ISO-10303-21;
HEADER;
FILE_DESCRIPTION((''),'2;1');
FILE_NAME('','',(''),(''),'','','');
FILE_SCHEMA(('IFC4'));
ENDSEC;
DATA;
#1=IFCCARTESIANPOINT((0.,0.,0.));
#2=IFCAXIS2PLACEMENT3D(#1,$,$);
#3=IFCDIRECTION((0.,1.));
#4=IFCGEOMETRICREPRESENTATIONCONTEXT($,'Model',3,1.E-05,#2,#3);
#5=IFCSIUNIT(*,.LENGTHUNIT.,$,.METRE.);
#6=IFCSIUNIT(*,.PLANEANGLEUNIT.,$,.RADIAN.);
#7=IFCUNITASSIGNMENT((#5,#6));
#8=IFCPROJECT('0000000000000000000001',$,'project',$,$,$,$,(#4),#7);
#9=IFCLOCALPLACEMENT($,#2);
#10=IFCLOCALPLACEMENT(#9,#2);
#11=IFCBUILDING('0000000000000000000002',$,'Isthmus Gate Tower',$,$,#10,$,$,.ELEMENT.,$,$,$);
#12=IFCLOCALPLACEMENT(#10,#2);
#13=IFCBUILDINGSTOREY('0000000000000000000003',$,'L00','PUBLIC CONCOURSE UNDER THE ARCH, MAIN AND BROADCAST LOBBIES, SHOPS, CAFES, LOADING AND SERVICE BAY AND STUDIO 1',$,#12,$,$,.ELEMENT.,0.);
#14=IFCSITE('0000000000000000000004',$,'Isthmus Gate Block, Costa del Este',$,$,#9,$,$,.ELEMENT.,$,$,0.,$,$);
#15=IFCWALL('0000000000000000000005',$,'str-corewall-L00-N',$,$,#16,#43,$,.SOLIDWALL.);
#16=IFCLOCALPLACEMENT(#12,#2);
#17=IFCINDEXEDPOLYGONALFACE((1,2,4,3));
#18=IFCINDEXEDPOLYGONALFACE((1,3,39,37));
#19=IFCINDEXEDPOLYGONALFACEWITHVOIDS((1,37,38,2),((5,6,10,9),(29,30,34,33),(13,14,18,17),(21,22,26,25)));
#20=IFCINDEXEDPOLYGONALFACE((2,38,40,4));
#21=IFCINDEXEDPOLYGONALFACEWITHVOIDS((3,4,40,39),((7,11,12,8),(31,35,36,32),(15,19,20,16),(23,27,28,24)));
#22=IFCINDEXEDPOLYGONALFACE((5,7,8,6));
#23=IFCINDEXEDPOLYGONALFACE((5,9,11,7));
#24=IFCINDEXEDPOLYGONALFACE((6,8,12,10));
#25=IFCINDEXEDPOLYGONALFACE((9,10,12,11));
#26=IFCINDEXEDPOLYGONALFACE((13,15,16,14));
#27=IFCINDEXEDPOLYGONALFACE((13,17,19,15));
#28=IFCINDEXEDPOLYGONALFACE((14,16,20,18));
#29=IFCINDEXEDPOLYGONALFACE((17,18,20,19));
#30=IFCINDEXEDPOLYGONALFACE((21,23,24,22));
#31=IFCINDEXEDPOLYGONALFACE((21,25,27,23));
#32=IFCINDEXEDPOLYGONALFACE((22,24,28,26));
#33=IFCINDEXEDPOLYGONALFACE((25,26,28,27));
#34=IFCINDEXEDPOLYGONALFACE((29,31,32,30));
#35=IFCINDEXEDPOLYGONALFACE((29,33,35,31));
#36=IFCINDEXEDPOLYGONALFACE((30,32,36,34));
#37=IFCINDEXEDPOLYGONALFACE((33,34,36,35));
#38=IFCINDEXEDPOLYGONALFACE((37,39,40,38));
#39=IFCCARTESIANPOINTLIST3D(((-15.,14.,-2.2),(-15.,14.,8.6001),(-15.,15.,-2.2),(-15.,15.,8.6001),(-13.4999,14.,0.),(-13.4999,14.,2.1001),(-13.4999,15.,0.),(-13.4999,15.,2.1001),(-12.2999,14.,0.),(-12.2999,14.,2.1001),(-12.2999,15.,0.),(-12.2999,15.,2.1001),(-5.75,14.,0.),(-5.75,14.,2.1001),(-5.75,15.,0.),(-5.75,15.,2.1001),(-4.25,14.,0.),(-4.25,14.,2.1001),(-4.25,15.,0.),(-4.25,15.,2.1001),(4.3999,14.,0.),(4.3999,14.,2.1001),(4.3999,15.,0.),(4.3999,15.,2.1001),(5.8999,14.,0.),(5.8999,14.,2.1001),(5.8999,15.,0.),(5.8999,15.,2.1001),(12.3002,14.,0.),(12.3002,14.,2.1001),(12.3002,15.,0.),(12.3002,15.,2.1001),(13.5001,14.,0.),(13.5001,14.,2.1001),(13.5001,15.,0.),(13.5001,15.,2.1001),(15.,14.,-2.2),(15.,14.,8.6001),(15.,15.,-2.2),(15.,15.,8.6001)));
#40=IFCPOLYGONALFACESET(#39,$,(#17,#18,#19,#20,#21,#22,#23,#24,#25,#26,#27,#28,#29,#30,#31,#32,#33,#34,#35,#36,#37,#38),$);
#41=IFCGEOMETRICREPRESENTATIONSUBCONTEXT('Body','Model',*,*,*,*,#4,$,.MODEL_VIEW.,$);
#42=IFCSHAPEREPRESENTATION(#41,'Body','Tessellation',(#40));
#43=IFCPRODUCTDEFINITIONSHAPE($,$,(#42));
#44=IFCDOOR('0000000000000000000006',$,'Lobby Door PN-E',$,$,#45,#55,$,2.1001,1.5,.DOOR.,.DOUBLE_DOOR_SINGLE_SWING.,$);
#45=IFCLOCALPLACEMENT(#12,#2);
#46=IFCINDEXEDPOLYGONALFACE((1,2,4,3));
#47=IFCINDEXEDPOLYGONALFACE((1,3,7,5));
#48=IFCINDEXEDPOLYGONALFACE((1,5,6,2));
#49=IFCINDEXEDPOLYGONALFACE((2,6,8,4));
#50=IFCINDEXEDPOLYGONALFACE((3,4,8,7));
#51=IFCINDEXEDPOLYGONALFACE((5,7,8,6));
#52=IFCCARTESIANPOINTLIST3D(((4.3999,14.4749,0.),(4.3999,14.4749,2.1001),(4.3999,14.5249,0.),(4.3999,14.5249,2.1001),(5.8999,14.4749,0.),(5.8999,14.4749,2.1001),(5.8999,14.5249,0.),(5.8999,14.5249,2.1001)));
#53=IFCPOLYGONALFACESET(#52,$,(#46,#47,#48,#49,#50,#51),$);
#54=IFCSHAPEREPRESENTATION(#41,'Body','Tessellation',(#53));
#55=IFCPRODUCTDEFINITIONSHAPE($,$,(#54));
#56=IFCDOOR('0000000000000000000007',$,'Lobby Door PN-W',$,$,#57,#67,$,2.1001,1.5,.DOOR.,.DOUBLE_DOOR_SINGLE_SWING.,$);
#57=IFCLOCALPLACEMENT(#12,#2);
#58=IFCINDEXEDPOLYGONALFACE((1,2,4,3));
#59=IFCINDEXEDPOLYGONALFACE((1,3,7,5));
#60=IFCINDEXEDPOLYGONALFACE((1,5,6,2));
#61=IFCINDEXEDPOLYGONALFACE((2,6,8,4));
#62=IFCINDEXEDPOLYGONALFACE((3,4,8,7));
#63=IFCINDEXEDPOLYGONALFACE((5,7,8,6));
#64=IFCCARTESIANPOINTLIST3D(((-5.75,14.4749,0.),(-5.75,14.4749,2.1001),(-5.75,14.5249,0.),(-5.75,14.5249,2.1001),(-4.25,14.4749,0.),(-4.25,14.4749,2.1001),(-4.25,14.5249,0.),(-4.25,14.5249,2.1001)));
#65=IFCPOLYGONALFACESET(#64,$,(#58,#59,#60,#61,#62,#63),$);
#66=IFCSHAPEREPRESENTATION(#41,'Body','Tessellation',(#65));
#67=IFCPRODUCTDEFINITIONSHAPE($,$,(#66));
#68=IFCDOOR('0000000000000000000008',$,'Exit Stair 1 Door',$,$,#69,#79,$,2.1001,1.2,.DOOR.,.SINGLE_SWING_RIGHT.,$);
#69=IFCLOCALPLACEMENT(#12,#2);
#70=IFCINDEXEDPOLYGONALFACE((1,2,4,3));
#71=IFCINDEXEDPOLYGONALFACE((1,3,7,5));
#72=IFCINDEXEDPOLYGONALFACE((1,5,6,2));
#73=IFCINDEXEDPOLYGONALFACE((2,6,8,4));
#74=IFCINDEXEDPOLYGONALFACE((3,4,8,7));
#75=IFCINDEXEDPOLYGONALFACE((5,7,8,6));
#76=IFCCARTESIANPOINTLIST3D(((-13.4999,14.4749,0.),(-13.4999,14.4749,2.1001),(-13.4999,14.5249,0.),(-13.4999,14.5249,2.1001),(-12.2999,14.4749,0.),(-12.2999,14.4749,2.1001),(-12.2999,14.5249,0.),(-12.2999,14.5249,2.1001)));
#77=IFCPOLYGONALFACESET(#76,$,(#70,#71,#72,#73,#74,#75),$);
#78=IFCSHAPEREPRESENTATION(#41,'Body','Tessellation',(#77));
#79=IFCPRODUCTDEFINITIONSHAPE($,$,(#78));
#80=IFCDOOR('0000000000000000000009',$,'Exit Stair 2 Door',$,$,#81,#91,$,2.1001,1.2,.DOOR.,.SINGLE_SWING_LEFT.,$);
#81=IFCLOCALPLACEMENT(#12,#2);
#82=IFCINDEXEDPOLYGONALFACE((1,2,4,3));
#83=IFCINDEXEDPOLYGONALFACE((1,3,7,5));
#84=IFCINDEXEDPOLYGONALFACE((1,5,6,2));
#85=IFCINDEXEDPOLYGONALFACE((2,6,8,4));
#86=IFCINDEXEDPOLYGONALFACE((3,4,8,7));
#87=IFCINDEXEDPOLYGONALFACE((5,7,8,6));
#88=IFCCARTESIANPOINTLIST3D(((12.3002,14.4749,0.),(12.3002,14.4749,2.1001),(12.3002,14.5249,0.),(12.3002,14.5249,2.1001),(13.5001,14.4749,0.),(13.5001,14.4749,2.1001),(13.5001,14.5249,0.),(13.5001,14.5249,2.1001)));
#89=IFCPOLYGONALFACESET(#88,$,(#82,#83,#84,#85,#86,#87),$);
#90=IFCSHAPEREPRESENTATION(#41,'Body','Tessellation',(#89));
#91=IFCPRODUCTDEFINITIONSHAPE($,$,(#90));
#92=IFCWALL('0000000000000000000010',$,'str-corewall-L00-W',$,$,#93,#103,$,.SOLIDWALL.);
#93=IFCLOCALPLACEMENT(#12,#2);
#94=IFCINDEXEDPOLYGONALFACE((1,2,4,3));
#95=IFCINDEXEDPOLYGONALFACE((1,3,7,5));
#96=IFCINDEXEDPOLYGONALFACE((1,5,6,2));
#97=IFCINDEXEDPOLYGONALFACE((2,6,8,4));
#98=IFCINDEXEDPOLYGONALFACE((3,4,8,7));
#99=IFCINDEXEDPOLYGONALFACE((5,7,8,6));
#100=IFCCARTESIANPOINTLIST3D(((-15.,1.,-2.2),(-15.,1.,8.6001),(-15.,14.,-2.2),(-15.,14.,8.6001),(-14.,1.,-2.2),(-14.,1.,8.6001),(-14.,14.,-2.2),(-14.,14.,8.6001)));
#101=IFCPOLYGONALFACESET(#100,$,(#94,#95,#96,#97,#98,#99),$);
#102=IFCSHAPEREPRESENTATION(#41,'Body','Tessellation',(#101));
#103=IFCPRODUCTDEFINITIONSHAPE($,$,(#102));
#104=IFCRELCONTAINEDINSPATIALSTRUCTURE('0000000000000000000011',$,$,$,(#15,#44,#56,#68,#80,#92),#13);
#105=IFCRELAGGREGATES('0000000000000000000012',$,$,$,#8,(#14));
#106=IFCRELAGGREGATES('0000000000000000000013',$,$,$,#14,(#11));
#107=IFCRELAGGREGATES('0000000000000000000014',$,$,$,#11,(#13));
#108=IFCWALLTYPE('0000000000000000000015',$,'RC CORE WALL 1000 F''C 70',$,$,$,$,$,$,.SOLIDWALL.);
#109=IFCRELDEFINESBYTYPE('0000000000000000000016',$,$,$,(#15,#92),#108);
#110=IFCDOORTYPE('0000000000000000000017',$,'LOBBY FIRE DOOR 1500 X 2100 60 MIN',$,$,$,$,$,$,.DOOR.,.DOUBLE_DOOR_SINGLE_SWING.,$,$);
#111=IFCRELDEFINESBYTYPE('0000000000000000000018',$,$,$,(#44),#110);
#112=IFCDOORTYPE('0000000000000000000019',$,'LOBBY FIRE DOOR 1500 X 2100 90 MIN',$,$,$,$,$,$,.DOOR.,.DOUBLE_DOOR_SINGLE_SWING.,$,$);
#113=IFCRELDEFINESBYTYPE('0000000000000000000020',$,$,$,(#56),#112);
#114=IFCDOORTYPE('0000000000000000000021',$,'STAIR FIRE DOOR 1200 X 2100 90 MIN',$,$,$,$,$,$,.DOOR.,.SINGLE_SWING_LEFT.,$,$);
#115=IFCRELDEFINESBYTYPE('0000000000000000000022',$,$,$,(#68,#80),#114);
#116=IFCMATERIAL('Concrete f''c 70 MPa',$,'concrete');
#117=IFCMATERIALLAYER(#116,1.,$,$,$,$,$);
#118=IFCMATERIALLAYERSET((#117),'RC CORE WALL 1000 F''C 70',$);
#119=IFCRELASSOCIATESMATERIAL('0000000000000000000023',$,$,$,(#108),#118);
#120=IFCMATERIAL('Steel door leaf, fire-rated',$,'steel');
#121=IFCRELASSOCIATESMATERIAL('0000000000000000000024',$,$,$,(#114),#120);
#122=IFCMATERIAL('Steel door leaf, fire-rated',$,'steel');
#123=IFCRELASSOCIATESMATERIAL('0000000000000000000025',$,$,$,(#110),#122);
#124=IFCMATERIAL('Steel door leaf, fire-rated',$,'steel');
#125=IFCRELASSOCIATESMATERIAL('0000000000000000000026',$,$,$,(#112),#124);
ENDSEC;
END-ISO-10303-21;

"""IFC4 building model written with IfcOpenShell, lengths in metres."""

from ifc_helpers import new_model, si_unit, direction, frame, frame_2d, origin, place, context, subcontext, project, spatial, rectangle, extrude, material, layer, layer_set, type_object, element, fill, save


model = new_model("IFC4")

# Units and contexts
model_context = context("Model", 3, precision=1e-05, world=origin(), true_north=direction((0.0, 1.0)))
body_context = subcontext(model_context, "Body", "Model", "MODEL_VIEW")
ifc_project = project(units=[si_unit("LENGTHUNIT", "METRE"), si_unit("PLANEANGLEUNIT", "RADIAN")], contexts=[model_context])

# Site, building, storey
site_placement = place(None, origin())
site = spatial("IfcSite", under=ifc_project, at=site_placement, Name="Isthmus Gate Block, Costa del Este", CompositionType="ELEMENT", RefElevation=0.0)
building_placement = place(site_placement, origin())
building = spatial("IfcBuilding", under=site, at=building_placement, Name="Isthmus Gate Tower", CompositionType="ELEMENT")
storey_placement = place(building_placement, origin())
storey = spatial("IfcBuildingStorey", under=building, at=storey_placement, Name="L00", Description="PUBLIC CONCOURSE UNDER THE ARCH, MAIN AND BROADCAST LOBBIES, SHOPS, CAFES, LOADING AND SERVICE BAY AND STUDIO 1", CompositionType="ELEMENT", Elevation=0.0)

# Wall, openings, doors
ifc_material_1 = material(Name="Concrete f'c 70 MPa", Category="concrete")
ifc_layer_1 = layer(ifc_material_1, 1.0)
ifc_layer_set_1 = layer_set([ifc_layer_1], Name="RC CORE WALL 1000 F'C 70")
wall_type_1 = type_object("IfcWallType", Name="RC CORE WALL 1000 F'C 70", PredefinedType="SOLIDWALL", material=ifc_layer_set_1)
ifc_material_2 = material(Name="Steel door leaf, fire-rated", Category="steel")
door_type_1 = type_object("IfcDoorType", Name="STAIR FIRE DOOR 1200 X 2100 90 MIN", OperationType="SINGLE_SWING_LEFT", PredefinedType="DOOR", material=ifc_material_2)
wall_1_placement = place(storey_placement, frame((-15.0, 14.5, -2.2), z_axis=(0.0, 0.0, 1.0), x_axis=(1.0, 0.0, 0.0)))
wall_1 = element("IfcWall", 1, at=wall_1_placement, inside=storey, type_object=wall_type_1, Name="str-corewall-L00-N", PredefinedType="SOLIDWALL", context=body_context, shape_type="SweptSolid", body=[
    extrude(rectangle(XDim=30.0, YDim=1.0, at=frame_2d((15.0, 0.0))), origin(), (0.0, 0.0, 1.0), 10.8),
])
opening_1_placement = place(wall_1_placement, frame((9.25, 0.0, 2.2)))
opening_1 = element("IfcOpeningElement", 2, at=opening_1_placement, cuts=wall_1, PredefinedType="OPENING", context=body_context, shape_type="SweptSolid", body=[
    extrude(rectangle(XDim=1.5, YDim=2.1001, at=frame_2d((0.75, 1.05))), frame((0.0, 0.51, 0.0), z_axis=(0.0, -1.0, 0.0), x_axis=(1.0, 0.0, 0.0)), (0.0, 0.0, 1.0), 1.02),
])
opening_2_placement = place(wall_1_placement, frame((19.3999, 0.0, 2.2)))
opening_2 = element("IfcOpeningElement", 3, at=opening_2_placement, cuts=wall_1, PredefinedType="OPENING", context=body_context, shape_type="SweptSolid", body=[
    extrude(rectangle(XDim=1.5, YDim=2.1001, at=frame_2d((0.75, 1.05))), frame((0.0, 0.51, 0.0), z_axis=(0.0, -1.0, 0.0), x_axis=(1.0, 0.0, 0.0)), (0.0, 0.0, 1.0), 1.02),
])
opening_3_placement = place(wall_1_placement, frame((1.5, 0.0, 2.2)))
opening_3 = element("IfcOpeningElement", 4, at=opening_3_placement, cuts=wall_1, PredefinedType="OPENING", context=body_context, shape_type="SweptSolid", body=[
    extrude(rectangle(XDim=1.2, YDim=2.1001, at=frame_2d((0.6001, 1.05))), frame((0.0, 0.51, 0.0), z_axis=(0.0, -1.0, 0.0), x_axis=(1.0, 0.0, 0.0)), (0.0, 0.0, 1.0), 1.02),
])
opening_4_placement = place(wall_1_placement, frame((27.3, 0.0, 2.2)))
opening_4 = element("IfcOpeningElement", 5, at=opening_4_placement, cuts=wall_1, PredefinedType="OPENING", context=body_context, shape_type="SweptSolid", body=[
    extrude(rectangle(XDim=1.2, YDim=2.1001, at=frame_2d((0.6001, 1.05))), frame((0.0, 0.51, 0.0), z_axis=(0.0, -1.0, 0.0), x_axis=(1.0, 0.0, 0.0)), (0.0, 0.0, 1.0), 1.02),
])
ifc_material_3 = material(Name="Steel door leaf, fire-rated", Category="steel")
door_type_2 = type_object("IfcDoorType", Name="LOBBY FIRE DOOR 1500 X 2100 60 MIN", OperationType="DOUBLE_DOOR_SINGLE_SWING", PredefinedType="DOOR", material=ifc_material_3)
door_1_placement = place(opening_2_placement, origin())
door_1 = element("IfcDoor", 6, at=door_1_placement, inside=storey, type_object=door_type_2, Name="Lobby Door PN-E", OperationType="DOUBLE_DOOR_SINGLE_SWING", OverallHeight=2.1001, OverallWidth=1.5, PredefinedType="DOOR", context=body_context, shape_type="SweptSolid", body=[
    extrude(rectangle(XDim=1.5, YDim=2.1001, at=frame_2d((0.75, 1.05))), frame((0.0, 0.0249, 0.0), z_axis=(0.0, -1.0, 0.0), x_axis=(1.0, 0.0, 0.0)), (0.0, 0.0, 1.0), 0.05),
])
fill(opening_2, door_1)
ifc_material_4 = material(Name="Steel door leaf, fire-rated", Category="steel")
door_type_3 = type_object("IfcDoorType", Name="LOBBY FIRE DOOR 1500 X 2100 90 MIN", OperationType="DOUBLE_DOOR_SINGLE_SWING", PredefinedType="DOOR", material=ifc_material_4)
door_2_placement = place(opening_1_placement, origin())
door_2 = element("IfcDoor", 7, at=door_2_placement, inside=storey, type_object=door_type_3, Name="Lobby Door PN-W", OperationType="DOUBLE_DOOR_SINGLE_SWING", OverallHeight=2.1001, OverallWidth=1.5, PredefinedType="DOOR", context=body_context, shape_type="SweptSolid", body=[
    extrude(rectangle(XDim=1.5, YDim=2.1001, at=frame_2d((0.75, 1.05))), frame((0.0, 0.0249, 0.0), z_axis=(0.0, -1.0, 0.0), x_axis=(1.0, 0.0, 0.0)), (0.0, 0.0, 1.0), 0.05),
])
fill(opening_1, door_2)
door_3_placement = place(opening_3_placement, origin())
door_3 = element("IfcDoor", 8, at=door_3_placement, inside=storey, type_object=door_type_1, Name="Exit Stair 1 Door", OperationType="SINGLE_SWING_RIGHT", OverallHeight=2.1001, OverallWidth=1.2, PredefinedType="DOOR", context=body_context, shape_type="SweptSolid", body=[
    extrude(rectangle(XDim=1.2, YDim=2.1001, at=frame_2d((0.6001, 1.05))), frame((0.0, 0.0249, 0.0), z_axis=(0.0, -1.0, 0.0), x_axis=(1.0, 0.0, 0.0)), (0.0, 0.0, 1.0), 0.05),
])
fill(opening_3, door_3)
door_4_placement = place(opening_4_placement, origin())
door_4 = element("IfcDoor", 9, at=door_4_placement, inside=storey, type_object=door_type_1, Name="Exit Stair 2 Door", OperationType="SINGLE_SWING_LEFT", OverallHeight=2.1001, OverallWidth=1.2, PredefinedType="DOOR", context=body_context, shape_type="SweptSolid", body=[
    extrude(rectangle(XDim=1.2, YDim=2.1001, at=frame_2d((0.6001, 1.05))), frame((0.0, 0.0249, 0.0), z_axis=(0.0, -1.0, 0.0), x_axis=(1.0, 0.0, 0.0)), (0.0, 0.0, 1.0), 0.05),
])
fill(opening_4, door_4)

# Wall
wall_2_placement = place(storey_placement, frame((-14.5, 1.0, -2.2), z_axis=(0.0, 0.0, 1.0), x_axis=(0.0, 1.0, 0.0)))
element("IfcWall", 10, at=wall_2_placement, inside=storey, type_object=wall_type_1, Name="str-corewall-L00-W", PredefinedType="SOLIDWALL", context=body_context, shape_type="SweptSolid", body=[
    extrude(rectangle(XDim=13.0, YDim=1.0, at=frame_2d((6.5, 0.0))), origin(), (0.0, 0.0, 1.0), 10.8),
])

save(model, "model.ifc")
